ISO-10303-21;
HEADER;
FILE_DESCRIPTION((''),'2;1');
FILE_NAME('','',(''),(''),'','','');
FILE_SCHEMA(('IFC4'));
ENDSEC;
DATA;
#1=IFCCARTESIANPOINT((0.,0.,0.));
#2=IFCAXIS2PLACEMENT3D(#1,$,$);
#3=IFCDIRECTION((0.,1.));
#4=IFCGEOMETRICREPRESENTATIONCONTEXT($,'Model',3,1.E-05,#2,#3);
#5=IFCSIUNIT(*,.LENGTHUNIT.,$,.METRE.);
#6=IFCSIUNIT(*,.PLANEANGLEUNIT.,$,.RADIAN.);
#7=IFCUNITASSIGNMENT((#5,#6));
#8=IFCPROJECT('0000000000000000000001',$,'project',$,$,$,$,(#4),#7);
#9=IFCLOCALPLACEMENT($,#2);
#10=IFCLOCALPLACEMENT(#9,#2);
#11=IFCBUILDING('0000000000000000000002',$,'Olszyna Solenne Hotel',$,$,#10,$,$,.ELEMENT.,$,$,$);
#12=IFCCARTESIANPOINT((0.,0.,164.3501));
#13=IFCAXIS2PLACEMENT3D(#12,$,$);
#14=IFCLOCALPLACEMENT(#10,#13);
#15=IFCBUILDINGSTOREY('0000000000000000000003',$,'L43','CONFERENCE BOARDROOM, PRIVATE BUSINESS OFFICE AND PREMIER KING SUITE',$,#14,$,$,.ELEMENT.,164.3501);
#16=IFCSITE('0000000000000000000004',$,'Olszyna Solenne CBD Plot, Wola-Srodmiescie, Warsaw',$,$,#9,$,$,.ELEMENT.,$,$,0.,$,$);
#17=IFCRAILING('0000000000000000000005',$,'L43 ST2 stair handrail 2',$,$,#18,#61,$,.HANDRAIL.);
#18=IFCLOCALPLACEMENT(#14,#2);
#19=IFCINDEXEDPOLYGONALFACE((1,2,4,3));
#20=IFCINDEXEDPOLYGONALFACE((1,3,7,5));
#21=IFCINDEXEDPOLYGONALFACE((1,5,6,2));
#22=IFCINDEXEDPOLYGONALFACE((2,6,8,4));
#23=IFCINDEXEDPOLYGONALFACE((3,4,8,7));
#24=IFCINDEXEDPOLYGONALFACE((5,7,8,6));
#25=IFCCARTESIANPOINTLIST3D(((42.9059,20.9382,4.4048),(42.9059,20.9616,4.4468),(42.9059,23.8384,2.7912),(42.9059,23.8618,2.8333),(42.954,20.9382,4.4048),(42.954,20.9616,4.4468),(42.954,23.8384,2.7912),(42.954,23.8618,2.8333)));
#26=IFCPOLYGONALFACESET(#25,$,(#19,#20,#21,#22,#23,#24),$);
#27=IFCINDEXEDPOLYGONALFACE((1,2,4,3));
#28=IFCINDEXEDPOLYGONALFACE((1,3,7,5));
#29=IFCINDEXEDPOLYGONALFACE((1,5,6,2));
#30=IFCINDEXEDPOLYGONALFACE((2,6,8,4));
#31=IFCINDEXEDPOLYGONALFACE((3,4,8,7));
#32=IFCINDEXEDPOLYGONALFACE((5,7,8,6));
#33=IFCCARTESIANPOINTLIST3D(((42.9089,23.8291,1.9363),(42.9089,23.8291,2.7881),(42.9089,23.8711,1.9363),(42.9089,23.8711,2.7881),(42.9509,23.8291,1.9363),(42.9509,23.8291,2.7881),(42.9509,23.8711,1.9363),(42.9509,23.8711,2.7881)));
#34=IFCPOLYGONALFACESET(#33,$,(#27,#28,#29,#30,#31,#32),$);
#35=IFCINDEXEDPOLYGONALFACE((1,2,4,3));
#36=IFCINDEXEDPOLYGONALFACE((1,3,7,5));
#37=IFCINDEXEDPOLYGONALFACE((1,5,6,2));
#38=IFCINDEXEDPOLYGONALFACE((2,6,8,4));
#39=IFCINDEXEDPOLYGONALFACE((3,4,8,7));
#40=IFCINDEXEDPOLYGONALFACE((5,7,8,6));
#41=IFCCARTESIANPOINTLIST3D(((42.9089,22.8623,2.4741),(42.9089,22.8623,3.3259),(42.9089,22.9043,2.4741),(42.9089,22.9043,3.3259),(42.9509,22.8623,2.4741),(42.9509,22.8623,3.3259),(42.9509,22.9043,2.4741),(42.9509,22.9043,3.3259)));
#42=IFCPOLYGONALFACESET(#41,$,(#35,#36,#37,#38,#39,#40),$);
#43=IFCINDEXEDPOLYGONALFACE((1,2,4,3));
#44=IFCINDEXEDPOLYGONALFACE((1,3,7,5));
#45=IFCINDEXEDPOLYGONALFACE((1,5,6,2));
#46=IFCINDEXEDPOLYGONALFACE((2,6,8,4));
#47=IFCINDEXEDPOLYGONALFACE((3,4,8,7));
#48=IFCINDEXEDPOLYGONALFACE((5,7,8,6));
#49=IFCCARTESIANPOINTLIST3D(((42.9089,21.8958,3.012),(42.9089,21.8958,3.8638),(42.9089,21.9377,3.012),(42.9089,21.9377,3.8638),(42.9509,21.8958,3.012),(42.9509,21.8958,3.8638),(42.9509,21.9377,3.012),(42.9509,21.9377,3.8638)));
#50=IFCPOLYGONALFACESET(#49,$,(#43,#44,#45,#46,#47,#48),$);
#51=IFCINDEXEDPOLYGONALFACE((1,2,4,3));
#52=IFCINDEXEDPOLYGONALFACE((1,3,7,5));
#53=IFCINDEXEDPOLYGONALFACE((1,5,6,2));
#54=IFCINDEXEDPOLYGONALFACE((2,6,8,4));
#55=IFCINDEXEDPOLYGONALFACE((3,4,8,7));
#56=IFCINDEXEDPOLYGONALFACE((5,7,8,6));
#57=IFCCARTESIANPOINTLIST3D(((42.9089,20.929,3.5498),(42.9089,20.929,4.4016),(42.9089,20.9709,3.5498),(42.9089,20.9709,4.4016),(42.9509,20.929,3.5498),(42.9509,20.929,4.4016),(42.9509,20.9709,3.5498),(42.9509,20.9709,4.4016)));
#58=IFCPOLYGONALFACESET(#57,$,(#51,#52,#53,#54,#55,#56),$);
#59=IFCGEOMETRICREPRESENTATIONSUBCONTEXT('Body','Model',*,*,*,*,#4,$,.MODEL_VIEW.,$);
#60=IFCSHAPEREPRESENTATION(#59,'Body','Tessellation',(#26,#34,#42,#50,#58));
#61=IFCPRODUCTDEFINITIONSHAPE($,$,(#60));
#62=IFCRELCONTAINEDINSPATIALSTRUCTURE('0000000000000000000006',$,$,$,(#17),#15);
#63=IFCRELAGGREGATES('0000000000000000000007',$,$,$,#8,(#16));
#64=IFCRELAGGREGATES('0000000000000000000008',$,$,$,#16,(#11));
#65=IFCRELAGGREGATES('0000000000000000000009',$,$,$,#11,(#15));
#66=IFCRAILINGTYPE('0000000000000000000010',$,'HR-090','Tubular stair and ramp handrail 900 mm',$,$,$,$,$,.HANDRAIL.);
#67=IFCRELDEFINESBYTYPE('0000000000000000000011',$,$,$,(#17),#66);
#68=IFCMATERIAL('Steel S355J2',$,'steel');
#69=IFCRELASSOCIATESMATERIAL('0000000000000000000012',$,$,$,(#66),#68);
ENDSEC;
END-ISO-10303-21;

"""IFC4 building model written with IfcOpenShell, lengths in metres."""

from ifc_helpers import new_model, si_unit, direction, frame, origin, origin_2d, place, context, subcontext, project, spatial, rectangle, extrude, material, type_object, element, save


model = new_model("IFC4")

# Units and contexts
model_context = context("Model", 3, precision=1e-05, world=origin(), true_north=direction((0.0, 1.0)))
body_context = subcontext(model_context, "Body", "Model", "MODEL_VIEW")
ifc_project = project(units=[si_unit("LENGTHUNIT", "METRE"), si_unit("PLANEANGLEUNIT", "RADIAN")], contexts=[model_context])

# Site, building, storey
site_placement = place(None, origin())
site = spatial("IfcSite", under=ifc_project, at=site_placement, Name="Olszyna Solenne CBD Plot, Wola-Srodmiescie, Warsaw", CompositionType="ELEMENT", RefElevation=0.0)
building_placement = place(site_placement, origin())
building = spatial("IfcBuilding", under=site, at=building_placement, Name="Olszyna Solenne Hotel", CompositionType="ELEMENT")
storey_placement = place(building_placement, frame((0.0, 0.0, 164.3501)))
storey = spatial("IfcBuildingStorey", under=building, at=storey_placement, Name="L43", Description="CONFERENCE BOARDROOM, PRIVATE BUSINESS OFFICE AND PREMIER KING SUITE", CompositionType="ELEMENT", Elevation=164.3501)

# Shared definitions
ifc_material_1 = material(Name="Steel S355J2", Category="steel")

# Railing
railing_type_1 = type_object("IfcRailingType", Name="HR-090", Description="Tubular stair and ramp handrail 900 mm", PredefinedType="HANDRAIL", material=ifc_material_1)
railing_1_placement = place(storey_placement, frame((42.9299, 23.8501, 1.9363)))
element("IfcRailing", 1, at=railing_1_placement, inside=storey, type_object=railing_type_1, Name="L43 ST2 stair handrail 2", PredefinedType="HANDRAIL", context=body_context, shape_type="SweptSolid", body=[
    extrude(rectangle(XDim=0.0481, YDim=0.0481, at=origin_2d()), frame((0.0, 0.0, 0.876), z_axis=(0.0, -0.873859, 0.48618), x_axis=(1.0, 0.0, 0.0)), (0.0, 0.0, 1.0), 3.3188),
    extrude(rectangle(XDim=0.042, YDim=0.042, at=origin_2d()), origin(), (0.0, 0.0, 1.0), 0.8518),
    extrude(rectangle(XDim=0.042, YDim=0.042, at=origin_2d()), frame((0.0, -0.9668, 0.5378)), (0.0, 0.0, 1.0), 0.8518),
    extrude(rectangle(XDim=0.042, YDim=0.042, at=origin_2d()), frame((0.0, -1.9333, 1.0757)), (0.0, 0.0, 1.0), 0.8518),
    extrude(rectangle(XDim=0.042, YDim=0.042, at=origin_2d()), frame((0.0, -2.9001, 1.6135)), (0.0, 0.0, 1.0), 0.8518),
])

save(model, "model.ifc")
